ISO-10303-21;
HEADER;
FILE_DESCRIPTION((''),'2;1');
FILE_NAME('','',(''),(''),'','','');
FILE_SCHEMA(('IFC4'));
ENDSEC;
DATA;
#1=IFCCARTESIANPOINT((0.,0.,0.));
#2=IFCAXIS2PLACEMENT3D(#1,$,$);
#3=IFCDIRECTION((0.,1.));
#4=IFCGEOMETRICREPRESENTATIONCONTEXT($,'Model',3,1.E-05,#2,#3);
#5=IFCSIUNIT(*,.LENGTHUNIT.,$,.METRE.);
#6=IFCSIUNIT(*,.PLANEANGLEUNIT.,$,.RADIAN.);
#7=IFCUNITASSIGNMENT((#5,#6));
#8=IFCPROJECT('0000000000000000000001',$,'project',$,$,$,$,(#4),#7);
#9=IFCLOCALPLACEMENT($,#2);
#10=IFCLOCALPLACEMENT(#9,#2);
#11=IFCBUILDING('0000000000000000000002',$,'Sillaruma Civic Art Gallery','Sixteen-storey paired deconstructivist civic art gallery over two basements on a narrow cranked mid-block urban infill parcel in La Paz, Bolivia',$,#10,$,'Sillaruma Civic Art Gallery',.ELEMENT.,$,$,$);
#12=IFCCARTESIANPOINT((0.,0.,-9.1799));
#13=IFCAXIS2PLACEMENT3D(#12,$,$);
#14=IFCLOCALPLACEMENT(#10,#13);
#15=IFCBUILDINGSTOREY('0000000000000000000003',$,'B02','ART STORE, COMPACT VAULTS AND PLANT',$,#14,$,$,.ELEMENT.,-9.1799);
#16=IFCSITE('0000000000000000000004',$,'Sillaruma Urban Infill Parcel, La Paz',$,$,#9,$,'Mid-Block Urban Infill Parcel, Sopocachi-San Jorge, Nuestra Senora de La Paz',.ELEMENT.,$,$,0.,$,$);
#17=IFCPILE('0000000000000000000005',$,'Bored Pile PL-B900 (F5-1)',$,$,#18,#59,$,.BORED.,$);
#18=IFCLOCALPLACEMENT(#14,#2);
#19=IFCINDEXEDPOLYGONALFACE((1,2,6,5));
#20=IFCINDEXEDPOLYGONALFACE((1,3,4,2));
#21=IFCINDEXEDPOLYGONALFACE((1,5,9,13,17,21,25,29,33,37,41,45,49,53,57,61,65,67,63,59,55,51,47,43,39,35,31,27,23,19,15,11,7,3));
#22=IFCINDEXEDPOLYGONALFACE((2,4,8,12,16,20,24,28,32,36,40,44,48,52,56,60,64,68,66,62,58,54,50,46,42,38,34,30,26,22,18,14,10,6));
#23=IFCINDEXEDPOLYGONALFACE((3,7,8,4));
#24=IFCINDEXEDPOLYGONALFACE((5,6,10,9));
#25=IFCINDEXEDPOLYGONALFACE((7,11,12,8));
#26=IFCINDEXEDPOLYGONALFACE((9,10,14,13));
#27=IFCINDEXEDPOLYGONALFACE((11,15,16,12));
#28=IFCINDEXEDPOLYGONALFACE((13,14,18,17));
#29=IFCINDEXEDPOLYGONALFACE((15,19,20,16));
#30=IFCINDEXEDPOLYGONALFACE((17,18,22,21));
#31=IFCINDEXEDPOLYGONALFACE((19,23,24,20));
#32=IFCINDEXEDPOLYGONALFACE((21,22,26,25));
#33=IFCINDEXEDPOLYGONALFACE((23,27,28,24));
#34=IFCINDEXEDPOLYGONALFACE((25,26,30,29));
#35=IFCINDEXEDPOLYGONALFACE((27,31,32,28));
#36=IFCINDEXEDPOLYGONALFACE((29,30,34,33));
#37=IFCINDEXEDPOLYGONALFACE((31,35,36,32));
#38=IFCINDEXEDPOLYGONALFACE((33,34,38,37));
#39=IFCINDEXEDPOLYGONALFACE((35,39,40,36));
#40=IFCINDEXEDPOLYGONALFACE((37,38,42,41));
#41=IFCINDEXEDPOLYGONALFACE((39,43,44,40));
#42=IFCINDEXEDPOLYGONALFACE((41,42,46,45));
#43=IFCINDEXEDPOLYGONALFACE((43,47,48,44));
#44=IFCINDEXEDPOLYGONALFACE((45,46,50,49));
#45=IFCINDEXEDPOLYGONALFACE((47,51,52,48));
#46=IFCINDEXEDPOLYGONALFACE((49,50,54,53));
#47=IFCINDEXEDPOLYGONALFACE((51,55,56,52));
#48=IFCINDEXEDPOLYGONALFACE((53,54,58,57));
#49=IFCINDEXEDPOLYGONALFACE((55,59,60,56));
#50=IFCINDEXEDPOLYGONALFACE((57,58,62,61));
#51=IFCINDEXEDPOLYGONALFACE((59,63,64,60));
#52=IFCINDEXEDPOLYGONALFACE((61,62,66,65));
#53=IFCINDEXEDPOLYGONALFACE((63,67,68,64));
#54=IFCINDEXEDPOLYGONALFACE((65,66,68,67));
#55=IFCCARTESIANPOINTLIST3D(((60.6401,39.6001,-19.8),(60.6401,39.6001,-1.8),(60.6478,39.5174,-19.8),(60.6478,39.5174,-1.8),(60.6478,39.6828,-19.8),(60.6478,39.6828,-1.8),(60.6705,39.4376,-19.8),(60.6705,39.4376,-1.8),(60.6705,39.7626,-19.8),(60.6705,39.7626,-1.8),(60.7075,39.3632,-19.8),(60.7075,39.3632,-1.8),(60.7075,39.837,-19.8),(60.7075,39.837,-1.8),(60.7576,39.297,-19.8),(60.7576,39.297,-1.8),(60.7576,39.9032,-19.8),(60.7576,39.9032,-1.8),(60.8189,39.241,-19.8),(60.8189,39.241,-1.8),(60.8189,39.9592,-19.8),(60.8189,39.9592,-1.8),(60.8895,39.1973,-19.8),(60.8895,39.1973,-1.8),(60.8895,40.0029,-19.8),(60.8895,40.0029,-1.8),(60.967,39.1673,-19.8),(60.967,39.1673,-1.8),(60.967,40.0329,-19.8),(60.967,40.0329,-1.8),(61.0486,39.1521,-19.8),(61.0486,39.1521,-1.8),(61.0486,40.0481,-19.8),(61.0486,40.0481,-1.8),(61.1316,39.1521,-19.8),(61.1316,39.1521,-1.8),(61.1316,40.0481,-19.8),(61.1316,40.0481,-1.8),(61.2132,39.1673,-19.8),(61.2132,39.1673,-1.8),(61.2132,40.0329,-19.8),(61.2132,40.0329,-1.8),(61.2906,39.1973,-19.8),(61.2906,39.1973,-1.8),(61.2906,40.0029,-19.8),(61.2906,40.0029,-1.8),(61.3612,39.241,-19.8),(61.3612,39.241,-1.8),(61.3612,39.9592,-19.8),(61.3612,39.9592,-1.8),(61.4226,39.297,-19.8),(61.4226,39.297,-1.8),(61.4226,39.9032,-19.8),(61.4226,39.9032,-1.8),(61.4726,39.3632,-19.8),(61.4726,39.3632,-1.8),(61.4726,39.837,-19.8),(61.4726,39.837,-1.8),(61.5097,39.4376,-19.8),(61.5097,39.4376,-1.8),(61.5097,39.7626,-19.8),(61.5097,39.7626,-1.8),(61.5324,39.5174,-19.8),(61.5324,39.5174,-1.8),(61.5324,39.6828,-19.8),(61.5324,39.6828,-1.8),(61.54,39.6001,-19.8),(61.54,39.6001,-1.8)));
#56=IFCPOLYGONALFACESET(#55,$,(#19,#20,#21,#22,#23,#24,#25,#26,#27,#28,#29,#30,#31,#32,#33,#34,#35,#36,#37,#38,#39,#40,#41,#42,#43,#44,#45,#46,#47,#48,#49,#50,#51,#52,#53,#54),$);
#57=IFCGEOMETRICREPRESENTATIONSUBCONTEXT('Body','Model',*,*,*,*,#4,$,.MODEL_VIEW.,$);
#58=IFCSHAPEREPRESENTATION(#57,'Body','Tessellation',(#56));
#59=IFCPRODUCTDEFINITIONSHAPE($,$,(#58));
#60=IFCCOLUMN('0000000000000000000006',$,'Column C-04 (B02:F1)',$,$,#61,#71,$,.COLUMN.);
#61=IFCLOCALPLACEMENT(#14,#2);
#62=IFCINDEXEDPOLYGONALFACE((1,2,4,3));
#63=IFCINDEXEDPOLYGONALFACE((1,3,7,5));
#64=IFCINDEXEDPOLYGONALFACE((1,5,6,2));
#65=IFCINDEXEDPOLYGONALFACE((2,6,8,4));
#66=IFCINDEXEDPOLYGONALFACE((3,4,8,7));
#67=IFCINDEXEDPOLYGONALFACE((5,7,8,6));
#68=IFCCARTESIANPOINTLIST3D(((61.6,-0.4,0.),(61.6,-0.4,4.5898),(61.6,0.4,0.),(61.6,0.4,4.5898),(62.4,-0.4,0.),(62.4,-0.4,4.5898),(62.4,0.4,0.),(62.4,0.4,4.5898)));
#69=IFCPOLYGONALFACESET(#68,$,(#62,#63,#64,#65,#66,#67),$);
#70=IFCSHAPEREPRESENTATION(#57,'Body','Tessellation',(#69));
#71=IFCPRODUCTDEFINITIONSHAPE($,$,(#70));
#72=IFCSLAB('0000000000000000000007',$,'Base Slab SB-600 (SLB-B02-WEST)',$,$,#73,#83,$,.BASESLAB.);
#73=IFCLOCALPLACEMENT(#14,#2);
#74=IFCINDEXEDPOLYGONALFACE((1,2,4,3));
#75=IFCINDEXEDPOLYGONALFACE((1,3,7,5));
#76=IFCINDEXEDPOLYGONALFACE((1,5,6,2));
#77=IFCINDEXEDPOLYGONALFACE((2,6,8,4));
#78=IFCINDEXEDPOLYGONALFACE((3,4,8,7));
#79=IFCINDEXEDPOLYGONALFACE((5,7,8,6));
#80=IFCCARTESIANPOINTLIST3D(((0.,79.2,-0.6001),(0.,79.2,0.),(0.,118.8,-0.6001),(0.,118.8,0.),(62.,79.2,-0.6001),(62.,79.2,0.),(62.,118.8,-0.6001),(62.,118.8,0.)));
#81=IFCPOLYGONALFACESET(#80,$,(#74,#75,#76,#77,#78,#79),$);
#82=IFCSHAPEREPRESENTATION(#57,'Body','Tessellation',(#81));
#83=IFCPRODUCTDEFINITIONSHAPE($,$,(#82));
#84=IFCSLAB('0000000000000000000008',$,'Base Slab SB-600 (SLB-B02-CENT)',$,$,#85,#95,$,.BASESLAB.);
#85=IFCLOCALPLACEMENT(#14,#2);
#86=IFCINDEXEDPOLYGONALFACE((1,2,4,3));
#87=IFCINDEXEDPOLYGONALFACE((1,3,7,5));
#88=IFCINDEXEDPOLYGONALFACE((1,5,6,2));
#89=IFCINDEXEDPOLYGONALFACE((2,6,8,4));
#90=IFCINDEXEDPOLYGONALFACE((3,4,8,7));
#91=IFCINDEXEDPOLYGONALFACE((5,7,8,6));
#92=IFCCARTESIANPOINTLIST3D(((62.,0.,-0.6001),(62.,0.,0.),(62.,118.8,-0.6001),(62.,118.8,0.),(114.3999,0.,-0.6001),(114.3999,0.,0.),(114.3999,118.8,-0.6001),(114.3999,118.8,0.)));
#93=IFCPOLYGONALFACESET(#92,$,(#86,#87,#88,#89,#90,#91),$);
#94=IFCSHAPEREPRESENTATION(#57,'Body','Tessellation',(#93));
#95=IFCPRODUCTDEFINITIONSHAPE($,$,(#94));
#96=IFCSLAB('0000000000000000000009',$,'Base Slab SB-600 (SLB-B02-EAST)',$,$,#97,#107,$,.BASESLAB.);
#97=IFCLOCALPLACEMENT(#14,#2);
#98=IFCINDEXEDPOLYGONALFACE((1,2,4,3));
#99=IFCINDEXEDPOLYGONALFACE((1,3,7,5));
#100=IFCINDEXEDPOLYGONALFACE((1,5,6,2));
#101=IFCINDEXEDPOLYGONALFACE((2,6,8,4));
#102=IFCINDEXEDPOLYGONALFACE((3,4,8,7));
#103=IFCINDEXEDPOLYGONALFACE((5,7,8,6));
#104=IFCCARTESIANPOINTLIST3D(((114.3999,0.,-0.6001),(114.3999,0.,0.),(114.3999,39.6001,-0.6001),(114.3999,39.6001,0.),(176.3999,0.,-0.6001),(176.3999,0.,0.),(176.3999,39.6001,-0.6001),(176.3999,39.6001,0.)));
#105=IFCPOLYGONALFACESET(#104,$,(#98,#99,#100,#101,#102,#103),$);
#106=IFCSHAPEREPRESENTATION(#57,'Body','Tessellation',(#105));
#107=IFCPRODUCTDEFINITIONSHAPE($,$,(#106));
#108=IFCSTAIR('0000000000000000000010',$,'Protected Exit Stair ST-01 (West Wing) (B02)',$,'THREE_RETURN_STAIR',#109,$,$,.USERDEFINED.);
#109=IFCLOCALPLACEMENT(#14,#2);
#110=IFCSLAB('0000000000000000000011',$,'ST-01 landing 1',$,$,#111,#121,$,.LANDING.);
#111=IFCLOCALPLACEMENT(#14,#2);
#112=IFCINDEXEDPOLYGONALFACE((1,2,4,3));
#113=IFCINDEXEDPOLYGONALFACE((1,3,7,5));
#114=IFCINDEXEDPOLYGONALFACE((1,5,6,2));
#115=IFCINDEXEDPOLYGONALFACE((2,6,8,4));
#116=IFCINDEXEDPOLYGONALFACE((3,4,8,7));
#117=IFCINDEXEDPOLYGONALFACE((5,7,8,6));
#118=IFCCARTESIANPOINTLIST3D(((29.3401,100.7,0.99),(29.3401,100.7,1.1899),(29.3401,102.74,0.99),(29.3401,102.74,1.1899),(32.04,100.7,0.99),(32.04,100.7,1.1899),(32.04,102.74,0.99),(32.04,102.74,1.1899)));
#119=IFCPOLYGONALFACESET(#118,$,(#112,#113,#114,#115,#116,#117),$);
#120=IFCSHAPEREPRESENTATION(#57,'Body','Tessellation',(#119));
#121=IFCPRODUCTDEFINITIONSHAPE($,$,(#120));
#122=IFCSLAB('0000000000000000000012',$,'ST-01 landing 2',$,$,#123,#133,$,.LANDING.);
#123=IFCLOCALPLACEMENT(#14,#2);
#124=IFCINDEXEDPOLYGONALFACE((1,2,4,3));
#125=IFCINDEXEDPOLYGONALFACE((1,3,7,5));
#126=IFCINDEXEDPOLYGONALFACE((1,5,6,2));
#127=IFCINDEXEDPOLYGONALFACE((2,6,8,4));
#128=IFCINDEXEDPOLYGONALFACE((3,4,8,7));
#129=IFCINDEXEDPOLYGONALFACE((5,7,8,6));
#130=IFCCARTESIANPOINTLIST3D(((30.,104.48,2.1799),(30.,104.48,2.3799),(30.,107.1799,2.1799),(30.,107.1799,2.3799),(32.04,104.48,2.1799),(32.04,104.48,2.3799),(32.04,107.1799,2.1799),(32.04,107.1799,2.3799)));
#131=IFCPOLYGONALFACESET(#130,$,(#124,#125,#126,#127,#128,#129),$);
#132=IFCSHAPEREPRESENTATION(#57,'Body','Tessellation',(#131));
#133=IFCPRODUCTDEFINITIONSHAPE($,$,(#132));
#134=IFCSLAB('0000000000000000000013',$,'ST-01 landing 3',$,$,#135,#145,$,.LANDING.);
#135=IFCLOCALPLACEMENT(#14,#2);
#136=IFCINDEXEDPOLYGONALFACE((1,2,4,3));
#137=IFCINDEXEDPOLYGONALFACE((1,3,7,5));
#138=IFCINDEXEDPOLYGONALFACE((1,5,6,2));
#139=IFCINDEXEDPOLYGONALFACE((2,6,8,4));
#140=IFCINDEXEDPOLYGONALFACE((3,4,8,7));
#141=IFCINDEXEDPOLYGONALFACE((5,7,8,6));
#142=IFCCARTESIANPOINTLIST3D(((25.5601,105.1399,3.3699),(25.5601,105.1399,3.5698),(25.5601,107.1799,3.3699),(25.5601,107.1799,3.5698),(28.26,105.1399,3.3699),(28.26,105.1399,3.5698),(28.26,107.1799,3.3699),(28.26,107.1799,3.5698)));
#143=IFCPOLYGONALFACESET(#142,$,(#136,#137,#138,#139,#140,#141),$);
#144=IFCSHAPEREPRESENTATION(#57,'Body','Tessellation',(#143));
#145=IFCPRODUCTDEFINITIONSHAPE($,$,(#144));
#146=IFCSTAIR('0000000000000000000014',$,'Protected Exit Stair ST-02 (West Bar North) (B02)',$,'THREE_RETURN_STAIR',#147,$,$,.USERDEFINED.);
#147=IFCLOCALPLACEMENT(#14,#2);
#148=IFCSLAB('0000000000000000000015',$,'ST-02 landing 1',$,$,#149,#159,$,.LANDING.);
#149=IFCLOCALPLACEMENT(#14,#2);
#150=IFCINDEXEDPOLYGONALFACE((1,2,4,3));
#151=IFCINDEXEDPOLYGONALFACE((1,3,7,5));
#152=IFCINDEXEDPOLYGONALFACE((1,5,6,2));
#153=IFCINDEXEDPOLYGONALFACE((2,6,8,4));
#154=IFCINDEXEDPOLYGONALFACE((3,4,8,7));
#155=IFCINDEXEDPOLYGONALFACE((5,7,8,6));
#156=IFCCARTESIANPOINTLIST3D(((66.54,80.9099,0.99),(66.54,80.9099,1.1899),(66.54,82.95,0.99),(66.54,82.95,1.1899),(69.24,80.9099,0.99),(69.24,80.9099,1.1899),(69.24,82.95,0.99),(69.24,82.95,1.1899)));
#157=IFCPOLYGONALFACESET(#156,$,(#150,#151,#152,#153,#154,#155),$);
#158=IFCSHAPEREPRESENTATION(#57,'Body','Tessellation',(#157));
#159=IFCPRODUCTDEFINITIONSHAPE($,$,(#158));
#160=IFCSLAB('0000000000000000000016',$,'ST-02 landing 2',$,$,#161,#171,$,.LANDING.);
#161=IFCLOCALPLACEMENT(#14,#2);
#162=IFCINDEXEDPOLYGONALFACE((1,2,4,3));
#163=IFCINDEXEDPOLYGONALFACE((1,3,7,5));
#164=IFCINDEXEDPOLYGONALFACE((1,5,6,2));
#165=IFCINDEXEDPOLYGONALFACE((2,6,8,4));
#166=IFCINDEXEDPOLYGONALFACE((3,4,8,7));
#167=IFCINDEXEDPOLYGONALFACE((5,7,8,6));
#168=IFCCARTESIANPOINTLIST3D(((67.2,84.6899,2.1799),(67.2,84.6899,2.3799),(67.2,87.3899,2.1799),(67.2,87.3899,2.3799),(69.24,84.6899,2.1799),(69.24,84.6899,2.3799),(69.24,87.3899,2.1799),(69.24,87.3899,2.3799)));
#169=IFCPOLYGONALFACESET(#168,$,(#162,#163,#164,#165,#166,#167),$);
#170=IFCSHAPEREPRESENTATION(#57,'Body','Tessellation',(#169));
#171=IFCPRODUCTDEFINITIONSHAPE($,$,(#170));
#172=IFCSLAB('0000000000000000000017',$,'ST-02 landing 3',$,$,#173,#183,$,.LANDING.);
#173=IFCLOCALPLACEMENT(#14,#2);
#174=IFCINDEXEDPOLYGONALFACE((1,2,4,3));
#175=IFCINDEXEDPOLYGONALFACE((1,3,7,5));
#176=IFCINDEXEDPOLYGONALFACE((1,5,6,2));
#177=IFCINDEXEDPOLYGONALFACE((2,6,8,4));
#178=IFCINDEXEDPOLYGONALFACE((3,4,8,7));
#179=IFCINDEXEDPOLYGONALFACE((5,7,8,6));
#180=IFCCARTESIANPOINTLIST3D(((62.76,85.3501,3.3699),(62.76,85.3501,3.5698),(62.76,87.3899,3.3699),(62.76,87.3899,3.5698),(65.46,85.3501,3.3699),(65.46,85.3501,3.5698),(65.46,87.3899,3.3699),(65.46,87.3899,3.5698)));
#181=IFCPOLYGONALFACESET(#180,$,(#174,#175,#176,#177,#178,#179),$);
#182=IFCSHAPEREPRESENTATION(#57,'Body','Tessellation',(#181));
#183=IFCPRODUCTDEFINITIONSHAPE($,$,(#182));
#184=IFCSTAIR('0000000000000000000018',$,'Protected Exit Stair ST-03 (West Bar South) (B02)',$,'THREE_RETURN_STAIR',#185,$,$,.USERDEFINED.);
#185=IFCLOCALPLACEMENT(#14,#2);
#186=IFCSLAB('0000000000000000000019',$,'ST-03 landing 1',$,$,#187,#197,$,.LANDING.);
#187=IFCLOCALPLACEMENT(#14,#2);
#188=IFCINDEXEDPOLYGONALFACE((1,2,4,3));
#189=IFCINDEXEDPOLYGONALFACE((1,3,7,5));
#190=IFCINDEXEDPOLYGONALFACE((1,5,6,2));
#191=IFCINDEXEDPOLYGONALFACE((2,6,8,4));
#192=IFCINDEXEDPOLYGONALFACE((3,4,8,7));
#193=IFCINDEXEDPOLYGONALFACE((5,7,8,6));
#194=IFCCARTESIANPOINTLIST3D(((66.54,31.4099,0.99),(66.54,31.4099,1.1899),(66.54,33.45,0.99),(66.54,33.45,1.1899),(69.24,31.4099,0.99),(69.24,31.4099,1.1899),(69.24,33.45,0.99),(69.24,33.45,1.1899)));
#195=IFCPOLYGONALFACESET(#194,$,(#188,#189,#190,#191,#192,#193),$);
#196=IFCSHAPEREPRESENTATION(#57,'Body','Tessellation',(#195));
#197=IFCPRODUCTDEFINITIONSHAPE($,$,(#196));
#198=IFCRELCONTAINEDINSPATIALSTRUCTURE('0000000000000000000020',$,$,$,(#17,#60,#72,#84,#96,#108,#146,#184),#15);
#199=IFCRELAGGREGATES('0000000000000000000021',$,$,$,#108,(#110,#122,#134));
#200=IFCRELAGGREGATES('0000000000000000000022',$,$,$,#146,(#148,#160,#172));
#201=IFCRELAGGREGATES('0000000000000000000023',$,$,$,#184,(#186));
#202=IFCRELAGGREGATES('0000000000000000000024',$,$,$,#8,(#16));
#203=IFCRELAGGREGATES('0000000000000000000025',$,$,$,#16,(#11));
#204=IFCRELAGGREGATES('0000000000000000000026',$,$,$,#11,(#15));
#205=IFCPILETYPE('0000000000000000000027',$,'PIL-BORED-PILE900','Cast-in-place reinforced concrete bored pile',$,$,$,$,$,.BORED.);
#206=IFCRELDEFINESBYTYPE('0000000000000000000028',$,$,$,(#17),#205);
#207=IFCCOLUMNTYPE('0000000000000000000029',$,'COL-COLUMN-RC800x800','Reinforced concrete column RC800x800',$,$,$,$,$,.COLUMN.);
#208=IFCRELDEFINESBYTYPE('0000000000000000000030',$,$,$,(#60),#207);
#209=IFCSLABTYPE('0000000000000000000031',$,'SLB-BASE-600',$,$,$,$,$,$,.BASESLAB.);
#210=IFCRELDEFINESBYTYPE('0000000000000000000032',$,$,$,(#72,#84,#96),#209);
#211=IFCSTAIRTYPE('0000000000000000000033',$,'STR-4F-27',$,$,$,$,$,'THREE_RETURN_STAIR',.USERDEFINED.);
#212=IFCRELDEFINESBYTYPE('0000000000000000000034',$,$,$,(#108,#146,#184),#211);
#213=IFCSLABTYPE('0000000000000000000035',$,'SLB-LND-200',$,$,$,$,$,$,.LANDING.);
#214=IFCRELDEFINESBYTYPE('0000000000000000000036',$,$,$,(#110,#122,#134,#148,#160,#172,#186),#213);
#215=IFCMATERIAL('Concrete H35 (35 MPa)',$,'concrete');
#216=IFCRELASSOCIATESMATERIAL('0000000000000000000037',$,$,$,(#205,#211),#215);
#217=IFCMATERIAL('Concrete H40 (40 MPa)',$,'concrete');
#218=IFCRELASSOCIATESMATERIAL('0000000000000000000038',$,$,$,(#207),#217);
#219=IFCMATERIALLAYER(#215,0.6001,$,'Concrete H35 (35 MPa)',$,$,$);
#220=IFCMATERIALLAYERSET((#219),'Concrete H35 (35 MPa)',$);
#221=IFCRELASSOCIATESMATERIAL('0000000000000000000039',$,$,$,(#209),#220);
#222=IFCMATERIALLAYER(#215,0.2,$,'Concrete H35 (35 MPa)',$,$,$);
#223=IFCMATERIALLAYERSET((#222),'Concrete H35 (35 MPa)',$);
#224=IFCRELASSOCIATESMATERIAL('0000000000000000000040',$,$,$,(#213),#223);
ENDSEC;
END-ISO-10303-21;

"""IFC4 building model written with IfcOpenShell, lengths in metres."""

from ifc_helpers import new_model, si_unit, direction, frame, origin, origin_2d, place, context, subcontext, project, spatial, polyline, rectangle, circle, outline, extrude, material, layer, layer_set, material_profile, profile_set, type_object, element, aggregate, save


model = new_model("IFC4")

# Units and contexts
model_context = context("Model", 3, precision=1e-05, world=origin(), true_north=direction((0.0, 1.0)))
body_context = subcontext(model_context, "Body", "Model", "MODEL_VIEW")
ifc_project = project(units=[si_unit("LENGTHUNIT", "METRE"), si_unit("PLANEANGLEUNIT", "RADIAN")], contexts=[model_context])

# Site, building, storey
site_placement = place(None, origin())
site = spatial("IfcSite", under=ifc_project, at=site_placement, Name="Sillaruma Urban Infill Parcel, La Paz", LongName="Mid-Block Urban Infill Parcel, Sopocachi-San Jorge, Nuestra Senora de La Paz", CompositionType="ELEMENT", RefElevation=0.0)
building_placement = place(site_placement, origin())
building = spatial("IfcBuilding", under=site, at=building_placement, Name="Sillaruma Civic Art Gallery", Description="Sixteen-storey paired deconstructivist civic art gallery over two basements on a narrow cranked mid-block urban infill parcel in La Paz, Bolivia", LongName="Sillaruma Civic Art Gallery", CompositionType="ELEMENT")
storey_placement = place(building_placement, frame((0.0, 0.0, -9.1799)))
storey = spatial("IfcBuildingStorey", under=building, at=storey_placement, Name="B02", Description="ART STORE, COMPACT VAULTS AND PLANT", CompositionType="ELEMENT", Elevation=-9.1799)

# Shared definitions
ifc_material_1 = material(Name="Concrete H35 (35 MPa)", Category="concrete")

# Pile
ifc_material_profile_1 = material_profile(ifc_material_1, circle(Radius=0.45, at=origin_2d()), Name="PILE900")
ifc_profile_set_1 = profile_set([ifc_material_profile_1], Name="Concrete H35 (35 MPa)")
pile_type = type_object("IfcPileType", Name="PIL-BORED-PILE900", Description="Cast-in-place reinforced concrete bored pile", PredefinedType="BORED", material=ifc_profile_set_1)
for number, where, z_axis, x_axis, name in (
    (1, (61.0901, 39.6001, -1.8), (0.0, 0.0, -1.0), (1.0, 0.0, 0.0), "Bored Pile PL-B900 (F5-1)"),
):
    element("IfcPile", number, at=place(storey_placement, frame(where, z_axis=z_axis, x_axis=x_axis)), inside=storey, type_object=pile_type, Name=name, PredefinedType="BORED", context=body_context, shape_type="SweptSolid", body=[
        extrude(circle(Radius=0.45, at=origin_2d()), origin(), (0.0, 0.0, 1.0), 18.0),
    ])

# Column
ifc_material_2 = material(Name="Concrete H40 (40 MPa)", Category="concrete")
ifc_material_profile_2 = material_profile(ifc_material_2, rectangle(XDim=0.8, YDim=0.8, at=origin_2d()), Name="RC800x800")
ifc_profile_set_2 = profile_set([ifc_material_profile_2], Name="Concrete H40 (40 MPa)")
column_type = type_object("IfcColumnType", Name="COL-COLUMN-RC800x800", Description="Reinforced concrete column RC800x800", PredefinedType="COLUMN", material=ifc_profile_set_2)
column_placement = place(storey_placement, frame((62.0, 0.0, 0.0), z_axis=(0.0, 0.0, 1.0), x_axis=(1.0, 0.0, 0.0)))
element("IfcColumn", 2, at=column_placement, inside=storey, type_object=column_type, Name="Column C-04 (B02:F1)", PredefinedType="COLUMN", context=body_context, shape_type="SweptSolid", body=[
    extrude(rectangle(XDim=0.8, YDim=0.8, at=origin_2d()), origin(), (0.0, 0.0, 1.0), 4.5898),
])

# Slabs
ifc_layer_1 = layer(ifc_material_1, 0.6001, Name="Concrete H35 (35 MPa)")
ifc_layer_set_1 = layer_set([ifc_layer_1], Name="Concrete H35 (35 MPa)")
slab_type_1 = type_object("IfcSlabType", Name="SLB-BASE-600", PredefinedType="BASESLAB", material=ifc_layer_set_1)
slab_1_placement = place(storey_placement, frame((0.0, 0.0, -0.6001)))
element("IfcSlab", 3, at=slab_1_placement, inside=storey, type_object=slab_type_1, Name="Base Slab SB-600 (SLB-B02-WEST)", PredefinedType="BASESLAB", context=body_context, shape_type="SweptSolid", body=[
    extrude(outline(polyline([(0.0, 79.2), (62.0, 79.2), (62.0, 118.8), (0.0, 118.8), (0.0, 79.2)])), origin(), (0.0, 0.0, 1.0), 0.6001),
])
slab_2_placement = place(storey_placement, frame((0.0, 0.0, -0.6001)))
element("IfcSlab", 4, at=slab_2_placement, inside=storey, type_object=slab_type_1, Name="Base Slab SB-600 (SLB-B02-CENT)", PredefinedType="BASESLAB", context=body_context, shape_type="SweptSolid", body=[
    extrude(outline(polyline([(62.0, 0.0), (114.3999, 0.0), (114.3999, 118.8), (62.0, 118.8), (62.0, 0.0)])), origin(), (0.0, 0.0, 1.0), 0.6001),
])
slab_3_placement = place(storey_placement, frame((0.0, 0.0, -0.6001)))
element("IfcSlab", 5, at=slab_3_placement, inside=storey, type_object=slab_type_1, Name="Base Slab SB-600 (SLB-B02-EAST)", PredefinedType="BASESLAB", context=body_context, shape_type="SweptSolid", body=[
    extrude(outline(polyline([(114.3999, 0.0), (176.3999, 0.0), (176.3999, 39.6001), (114.3999, 39.6001), (114.3999, 0.0)])), origin(), (0.0, 0.0, 1.0), 0.6001),
])

# Stairs, slabs
stair_type = type_object("IfcStairType", Name="STR-4F-27", ElementType="THREE_RETURN_STAIR", PredefinedType="USERDEFINED", material=ifc_material_1)
stair_1_placement = place(storey_placement, origin())
stair_1 = element("IfcStair", 6, at=stair_1_placement, inside=storey, type_object=stair_type, Name="Protected Exit Stair ST-01 (West Wing) (B02)", ObjectType="THREE_RETURN_STAIR", PredefinedType="USERDEFINED")
ifc_layer_2 = layer(ifc_material_1, 0.2, Name="Concrete H35 (35 MPa)")
ifc_layer_set_2 = layer_set([ifc_layer_2], Name="Concrete H35 (35 MPa)")
slab_type_2 = type_object("IfcSlabType", Name="SLB-LND-200", PredefinedType="LANDING", material=ifc_layer_set_2)
slab_4_placement = place(storey_placement, frame((0.0, 0.0, 0.99)))
slab_4 = element("IfcSlab", 7, at=slab_4_placement, type_object=slab_type_2, Name="ST-01 landing 1", PredefinedType="LANDING", context=body_context, shape_type="SweptSolid", body=[
    extrude(outline(polyline([(29.3401, 100.7), (32.04, 100.7), (32.04, 102.74), (29.3401, 102.74), (29.3401, 100.7)])), origin(), (0.0, 0.0, 1.0), 0.2),
])
slab_5_placement = place(storey_placement, frame((0.0, 0.0, 2.1799)))
slab_5 = element("IfcSlab", 8, at=slab_5_placement, type_object=slab_type_2, Name="ST-01 landing 2", PredefinedType="LANDING", context=body_context, shape_type="SweptSolid", body=[
    extrude(outline(polyline([(30.0, 104.48), (32.04, 104.48), (32.04, 107.1799), (30.0, 107.1799), (30.0, 104.48)])), origin(), (0.0, 0.0, 1.0), 0.2),
])
slab_6_placement = place(storey_placement, frame((0.0, 0.0, 3.3699)))
slab_6 = element("IfcSlab", 9, at=slab_6_placement, type_object=slab_type_2, Name="ST-01 landing 3", PredefinedType="LANDING", context=body_context, shape_type="SweptSolid", body=[
    extrude(outline(polyline([(25.5601, 105.1399), (28.26, 105.1399), (28.26, 107.1799), (25.5601, 107.1799), (25.5601, 105.1399)])), origin(), (0.0, 0.0, 1.0), 0.2),
])
aggregate(stair_1, [slab_4, slab_5, slab_6])
stair_2_placement = place(storey_placement, origin())
stair_2 = element("IfcStair", 10, at=stair_2_placement, inside=storey, type_object=stair_type, Name="Protected Exit Stair ST-02 (West Bar North) (B02)", ObjectType="THREE_RETURN_STAIR", PredefinedType="USERDEFINED")
slab_7_placement = place(storey_placement, frame((0.0, 0.0, 0.99)))
slab_7 = element("IfcSlab", 11, at=slab_7_placement, type_object=slab_type_2, Name="ST-02 landing 1", PredefinedType="LANDING", context=body_context, shape_type="SweptSolid", body=[
    extrude(outline(polyline([(66.54, 80.9099), (69.24, 80.9099), (69.24, 82.95), (66.54, 82.95), (66.54, 80.9099)])), origin(), (0.0, 0.0, 1.0), 0.2),
])
slab_8_placement = place(storey_placement, frame((0.0, 0.0, 2.1799)))
slab_8 = element("IfcSlab", 12, at=slab_8_placement, type_object=slab_type_2, Name="ST-02 landing 2", PredefinedType="LANDING", context=body_context, shape_type="SweptSolid", body=[
    extrude(outline(polyline([(67.2, 84.6899), (69.24, 84.6899), (69.24, 87.3899), (67.2, 87.3899), (67.2, 84.6899)])), origin(), (0.0, 0.0, 1.0), 0.2),
])
slab_9_placement = place(storey_placement, frame((0.0, 0.0, 3.3699)))
slab_9 = element("IfcSlab", 13, at=slab_9_placement, type_object=slab_type_2, Name="ST-02 landing 3", PredefinedType="LANDING", context=body_context, shape_type="SweptSolid", body=[
    extrude(outline(polyline([(62.76, 85.3501), (65.46, 85.3501), (65.46, 87.3899), (62.76, 87.3899), (62.76, 85.3501)])), origin(), (0.0, 0.0, 1.0), 0.2),
])
aggregate(stair_2, [slab_7, slab_8, slab_9])
stair_3_placement = place(storey_placement, origin())
stair_3 = element("IfcStair", 14, at=stair_3_placement, inside=storey, type_object=stair_type, Name="Protected Exit Stair ST-03 (West Bar South) (B02)", ObjectType="THREE_RETURN_STAIR", PredefinedType="USERDEFINED")
slab_10_placement = place(storey_placement, frame((0.0, 0.0, 0.99)))
slab_10 = element("IfcSlab", 15, at=slab_10_placement, type_object=slab_type_2, Name="ST-03 landing 1", PredefinedType="LANDING", context=body_context, shape_type="SweptSolid", body=[
    extrude(outline(polyline([(66.54, 31.4099), (69.24, 31.4099), (69.24, 33.45), (66.54, 33.45), (66.54, 31.4099)])), origin(), (0.0, 0.0, 1.0), 0.2),
])
aggregate(stair_3, [slab_10])

save(model, "model.ifc")
